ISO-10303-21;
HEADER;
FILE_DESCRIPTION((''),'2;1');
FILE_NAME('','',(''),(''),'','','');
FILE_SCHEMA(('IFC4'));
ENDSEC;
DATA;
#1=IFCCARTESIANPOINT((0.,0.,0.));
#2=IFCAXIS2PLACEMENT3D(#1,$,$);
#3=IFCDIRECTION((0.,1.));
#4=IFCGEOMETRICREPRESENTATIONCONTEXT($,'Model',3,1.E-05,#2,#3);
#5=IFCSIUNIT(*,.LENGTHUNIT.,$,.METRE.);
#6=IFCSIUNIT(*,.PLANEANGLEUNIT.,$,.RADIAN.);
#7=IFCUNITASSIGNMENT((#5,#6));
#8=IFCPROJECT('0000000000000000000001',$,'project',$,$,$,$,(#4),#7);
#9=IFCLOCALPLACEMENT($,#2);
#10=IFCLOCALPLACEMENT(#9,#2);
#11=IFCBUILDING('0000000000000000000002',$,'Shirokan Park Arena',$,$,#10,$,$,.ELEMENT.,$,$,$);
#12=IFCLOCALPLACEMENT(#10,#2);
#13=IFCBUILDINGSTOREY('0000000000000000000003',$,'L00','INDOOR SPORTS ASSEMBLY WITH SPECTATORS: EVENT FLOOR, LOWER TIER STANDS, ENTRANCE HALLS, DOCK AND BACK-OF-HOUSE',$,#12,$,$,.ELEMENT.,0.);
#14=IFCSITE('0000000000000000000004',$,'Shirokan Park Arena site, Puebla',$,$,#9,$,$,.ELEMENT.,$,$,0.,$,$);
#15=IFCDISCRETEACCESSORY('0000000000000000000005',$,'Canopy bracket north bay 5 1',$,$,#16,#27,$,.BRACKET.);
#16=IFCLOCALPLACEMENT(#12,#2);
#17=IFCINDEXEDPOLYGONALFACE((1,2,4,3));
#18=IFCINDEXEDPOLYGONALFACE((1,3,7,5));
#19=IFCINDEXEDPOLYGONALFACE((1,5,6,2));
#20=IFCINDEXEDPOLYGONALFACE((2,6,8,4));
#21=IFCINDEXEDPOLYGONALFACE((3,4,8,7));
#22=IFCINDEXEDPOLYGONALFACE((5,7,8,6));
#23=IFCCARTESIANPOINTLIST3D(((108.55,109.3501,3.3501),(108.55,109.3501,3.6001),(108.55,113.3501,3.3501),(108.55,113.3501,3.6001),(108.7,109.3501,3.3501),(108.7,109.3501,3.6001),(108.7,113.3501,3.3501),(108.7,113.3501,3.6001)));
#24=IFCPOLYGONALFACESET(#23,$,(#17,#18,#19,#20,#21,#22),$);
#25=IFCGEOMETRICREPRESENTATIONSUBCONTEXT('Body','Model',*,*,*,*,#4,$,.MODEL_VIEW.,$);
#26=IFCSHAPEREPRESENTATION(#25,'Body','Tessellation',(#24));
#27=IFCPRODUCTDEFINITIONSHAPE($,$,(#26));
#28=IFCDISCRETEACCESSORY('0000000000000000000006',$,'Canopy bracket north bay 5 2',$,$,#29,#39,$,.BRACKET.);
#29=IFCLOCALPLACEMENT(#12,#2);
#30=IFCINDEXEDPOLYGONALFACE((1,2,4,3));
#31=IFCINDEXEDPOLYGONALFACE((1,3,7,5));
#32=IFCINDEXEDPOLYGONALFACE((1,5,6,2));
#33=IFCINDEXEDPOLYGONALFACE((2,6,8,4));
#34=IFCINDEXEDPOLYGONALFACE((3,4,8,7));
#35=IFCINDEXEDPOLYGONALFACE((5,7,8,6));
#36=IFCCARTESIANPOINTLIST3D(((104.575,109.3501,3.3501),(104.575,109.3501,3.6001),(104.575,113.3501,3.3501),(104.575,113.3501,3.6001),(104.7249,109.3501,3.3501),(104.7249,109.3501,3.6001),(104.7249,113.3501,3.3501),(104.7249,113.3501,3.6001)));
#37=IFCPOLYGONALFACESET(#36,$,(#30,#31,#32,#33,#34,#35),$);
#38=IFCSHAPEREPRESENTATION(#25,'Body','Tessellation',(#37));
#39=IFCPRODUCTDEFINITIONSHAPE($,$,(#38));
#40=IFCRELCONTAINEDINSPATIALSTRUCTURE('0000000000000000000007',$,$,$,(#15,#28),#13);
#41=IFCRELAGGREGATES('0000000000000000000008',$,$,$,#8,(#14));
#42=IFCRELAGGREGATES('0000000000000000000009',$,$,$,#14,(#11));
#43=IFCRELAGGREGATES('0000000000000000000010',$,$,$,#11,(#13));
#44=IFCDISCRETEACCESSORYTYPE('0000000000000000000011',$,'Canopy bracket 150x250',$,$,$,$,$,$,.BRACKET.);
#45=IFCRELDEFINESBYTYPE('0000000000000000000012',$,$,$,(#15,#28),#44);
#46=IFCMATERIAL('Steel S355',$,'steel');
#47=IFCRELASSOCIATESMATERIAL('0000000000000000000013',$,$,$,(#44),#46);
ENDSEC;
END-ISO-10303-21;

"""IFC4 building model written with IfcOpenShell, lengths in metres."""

from ifc_helpers import new_model, si_unit, direction, frame, origin, origin_2d, place, context, subcontext, project, spatial, rectangle, extrude, material, type_object, element, save


model = new_model("IFC4")

# Units and contexts
model_context = context("Model", 3, precision=1e-05, world=origin(), true_north=direction((0.0, 1.0)))
body_context = subcontext(model_context, "Body", "Model", "MODEL_VIEW")
ifc_project = project(units=[si_unit("LENGTHUNIT", "METRE"), si_unit("PLANEANGLEUNIT", "RADIAN")], contexts=[model_context])

# Site, building, storey
site_placement = place(None, origin())
site = spatial("IfcSite", under=ifc_project, at=site_placement, Name="Shirokan Park Arena site, Puebla", CompositionType="ELEMENT", RefElevation=0.0)
building_placement = place(site_placement, origin())
building = spatial("IfcBuilding", under=site, at=building_placement, Name="Shirokan Park Arena", CompositionType="ELEMENT")
storey_placement = place(building_placement, origin())
storey = spatial("IfcBuildingStorey", under=building, at=storey_placement, Name="L00", Description="INDOOR SPORTS ASSEMBLY WITH SPECTATORS: EVENT FLOOR, LOWER TIER STANDS, ENTRANCE HALLS, DOCK AND BACK-OF-HOUSE", CompositionType="ELEMENT", Elevation=0.0)

# Shared definitions
ifc_material_1 = material(Name="Steel S355", Category="steel")

# Discrete accessories
discrete_accessory_type = type_object("IfcDiscreteAccessoryType", Name="Canopy bracket 150x250", PredefinedType="BRACKET", material=ifc_material_1)
for number, where, z_axis, x_axis, name in (
    (1, (108.625, 111.3501, 3.3501), (0.0, 0.0, 1.0), (-1.0, 0.0, 0.0), "Canopy bracket north bay 5 1"),
    (2, (104.6499, 111.3501, 3.3501), (0.0, 0.0, 1.0), (-1.0, 0.0, 0.0), "Canopy bracket north bay 5 2"),
):
    element("IfcDiscreteAccessory", number, at=place(storey_placement, frame(where, z_axis=z_axis, x_axis=x_axis)), inside=storey, type_object=discrete_accessory_type, Name=name, PredefinedType="BRACKET", context=body_context, shape_type="SweptSolid", body=[
        extrude(rectangle(XDim=0.1499, YDim=4.0, at=origin_2d()), origin(), (0.0, 0.0, 1.0), 0.25),
    ])

save(model, "model.ifc")
